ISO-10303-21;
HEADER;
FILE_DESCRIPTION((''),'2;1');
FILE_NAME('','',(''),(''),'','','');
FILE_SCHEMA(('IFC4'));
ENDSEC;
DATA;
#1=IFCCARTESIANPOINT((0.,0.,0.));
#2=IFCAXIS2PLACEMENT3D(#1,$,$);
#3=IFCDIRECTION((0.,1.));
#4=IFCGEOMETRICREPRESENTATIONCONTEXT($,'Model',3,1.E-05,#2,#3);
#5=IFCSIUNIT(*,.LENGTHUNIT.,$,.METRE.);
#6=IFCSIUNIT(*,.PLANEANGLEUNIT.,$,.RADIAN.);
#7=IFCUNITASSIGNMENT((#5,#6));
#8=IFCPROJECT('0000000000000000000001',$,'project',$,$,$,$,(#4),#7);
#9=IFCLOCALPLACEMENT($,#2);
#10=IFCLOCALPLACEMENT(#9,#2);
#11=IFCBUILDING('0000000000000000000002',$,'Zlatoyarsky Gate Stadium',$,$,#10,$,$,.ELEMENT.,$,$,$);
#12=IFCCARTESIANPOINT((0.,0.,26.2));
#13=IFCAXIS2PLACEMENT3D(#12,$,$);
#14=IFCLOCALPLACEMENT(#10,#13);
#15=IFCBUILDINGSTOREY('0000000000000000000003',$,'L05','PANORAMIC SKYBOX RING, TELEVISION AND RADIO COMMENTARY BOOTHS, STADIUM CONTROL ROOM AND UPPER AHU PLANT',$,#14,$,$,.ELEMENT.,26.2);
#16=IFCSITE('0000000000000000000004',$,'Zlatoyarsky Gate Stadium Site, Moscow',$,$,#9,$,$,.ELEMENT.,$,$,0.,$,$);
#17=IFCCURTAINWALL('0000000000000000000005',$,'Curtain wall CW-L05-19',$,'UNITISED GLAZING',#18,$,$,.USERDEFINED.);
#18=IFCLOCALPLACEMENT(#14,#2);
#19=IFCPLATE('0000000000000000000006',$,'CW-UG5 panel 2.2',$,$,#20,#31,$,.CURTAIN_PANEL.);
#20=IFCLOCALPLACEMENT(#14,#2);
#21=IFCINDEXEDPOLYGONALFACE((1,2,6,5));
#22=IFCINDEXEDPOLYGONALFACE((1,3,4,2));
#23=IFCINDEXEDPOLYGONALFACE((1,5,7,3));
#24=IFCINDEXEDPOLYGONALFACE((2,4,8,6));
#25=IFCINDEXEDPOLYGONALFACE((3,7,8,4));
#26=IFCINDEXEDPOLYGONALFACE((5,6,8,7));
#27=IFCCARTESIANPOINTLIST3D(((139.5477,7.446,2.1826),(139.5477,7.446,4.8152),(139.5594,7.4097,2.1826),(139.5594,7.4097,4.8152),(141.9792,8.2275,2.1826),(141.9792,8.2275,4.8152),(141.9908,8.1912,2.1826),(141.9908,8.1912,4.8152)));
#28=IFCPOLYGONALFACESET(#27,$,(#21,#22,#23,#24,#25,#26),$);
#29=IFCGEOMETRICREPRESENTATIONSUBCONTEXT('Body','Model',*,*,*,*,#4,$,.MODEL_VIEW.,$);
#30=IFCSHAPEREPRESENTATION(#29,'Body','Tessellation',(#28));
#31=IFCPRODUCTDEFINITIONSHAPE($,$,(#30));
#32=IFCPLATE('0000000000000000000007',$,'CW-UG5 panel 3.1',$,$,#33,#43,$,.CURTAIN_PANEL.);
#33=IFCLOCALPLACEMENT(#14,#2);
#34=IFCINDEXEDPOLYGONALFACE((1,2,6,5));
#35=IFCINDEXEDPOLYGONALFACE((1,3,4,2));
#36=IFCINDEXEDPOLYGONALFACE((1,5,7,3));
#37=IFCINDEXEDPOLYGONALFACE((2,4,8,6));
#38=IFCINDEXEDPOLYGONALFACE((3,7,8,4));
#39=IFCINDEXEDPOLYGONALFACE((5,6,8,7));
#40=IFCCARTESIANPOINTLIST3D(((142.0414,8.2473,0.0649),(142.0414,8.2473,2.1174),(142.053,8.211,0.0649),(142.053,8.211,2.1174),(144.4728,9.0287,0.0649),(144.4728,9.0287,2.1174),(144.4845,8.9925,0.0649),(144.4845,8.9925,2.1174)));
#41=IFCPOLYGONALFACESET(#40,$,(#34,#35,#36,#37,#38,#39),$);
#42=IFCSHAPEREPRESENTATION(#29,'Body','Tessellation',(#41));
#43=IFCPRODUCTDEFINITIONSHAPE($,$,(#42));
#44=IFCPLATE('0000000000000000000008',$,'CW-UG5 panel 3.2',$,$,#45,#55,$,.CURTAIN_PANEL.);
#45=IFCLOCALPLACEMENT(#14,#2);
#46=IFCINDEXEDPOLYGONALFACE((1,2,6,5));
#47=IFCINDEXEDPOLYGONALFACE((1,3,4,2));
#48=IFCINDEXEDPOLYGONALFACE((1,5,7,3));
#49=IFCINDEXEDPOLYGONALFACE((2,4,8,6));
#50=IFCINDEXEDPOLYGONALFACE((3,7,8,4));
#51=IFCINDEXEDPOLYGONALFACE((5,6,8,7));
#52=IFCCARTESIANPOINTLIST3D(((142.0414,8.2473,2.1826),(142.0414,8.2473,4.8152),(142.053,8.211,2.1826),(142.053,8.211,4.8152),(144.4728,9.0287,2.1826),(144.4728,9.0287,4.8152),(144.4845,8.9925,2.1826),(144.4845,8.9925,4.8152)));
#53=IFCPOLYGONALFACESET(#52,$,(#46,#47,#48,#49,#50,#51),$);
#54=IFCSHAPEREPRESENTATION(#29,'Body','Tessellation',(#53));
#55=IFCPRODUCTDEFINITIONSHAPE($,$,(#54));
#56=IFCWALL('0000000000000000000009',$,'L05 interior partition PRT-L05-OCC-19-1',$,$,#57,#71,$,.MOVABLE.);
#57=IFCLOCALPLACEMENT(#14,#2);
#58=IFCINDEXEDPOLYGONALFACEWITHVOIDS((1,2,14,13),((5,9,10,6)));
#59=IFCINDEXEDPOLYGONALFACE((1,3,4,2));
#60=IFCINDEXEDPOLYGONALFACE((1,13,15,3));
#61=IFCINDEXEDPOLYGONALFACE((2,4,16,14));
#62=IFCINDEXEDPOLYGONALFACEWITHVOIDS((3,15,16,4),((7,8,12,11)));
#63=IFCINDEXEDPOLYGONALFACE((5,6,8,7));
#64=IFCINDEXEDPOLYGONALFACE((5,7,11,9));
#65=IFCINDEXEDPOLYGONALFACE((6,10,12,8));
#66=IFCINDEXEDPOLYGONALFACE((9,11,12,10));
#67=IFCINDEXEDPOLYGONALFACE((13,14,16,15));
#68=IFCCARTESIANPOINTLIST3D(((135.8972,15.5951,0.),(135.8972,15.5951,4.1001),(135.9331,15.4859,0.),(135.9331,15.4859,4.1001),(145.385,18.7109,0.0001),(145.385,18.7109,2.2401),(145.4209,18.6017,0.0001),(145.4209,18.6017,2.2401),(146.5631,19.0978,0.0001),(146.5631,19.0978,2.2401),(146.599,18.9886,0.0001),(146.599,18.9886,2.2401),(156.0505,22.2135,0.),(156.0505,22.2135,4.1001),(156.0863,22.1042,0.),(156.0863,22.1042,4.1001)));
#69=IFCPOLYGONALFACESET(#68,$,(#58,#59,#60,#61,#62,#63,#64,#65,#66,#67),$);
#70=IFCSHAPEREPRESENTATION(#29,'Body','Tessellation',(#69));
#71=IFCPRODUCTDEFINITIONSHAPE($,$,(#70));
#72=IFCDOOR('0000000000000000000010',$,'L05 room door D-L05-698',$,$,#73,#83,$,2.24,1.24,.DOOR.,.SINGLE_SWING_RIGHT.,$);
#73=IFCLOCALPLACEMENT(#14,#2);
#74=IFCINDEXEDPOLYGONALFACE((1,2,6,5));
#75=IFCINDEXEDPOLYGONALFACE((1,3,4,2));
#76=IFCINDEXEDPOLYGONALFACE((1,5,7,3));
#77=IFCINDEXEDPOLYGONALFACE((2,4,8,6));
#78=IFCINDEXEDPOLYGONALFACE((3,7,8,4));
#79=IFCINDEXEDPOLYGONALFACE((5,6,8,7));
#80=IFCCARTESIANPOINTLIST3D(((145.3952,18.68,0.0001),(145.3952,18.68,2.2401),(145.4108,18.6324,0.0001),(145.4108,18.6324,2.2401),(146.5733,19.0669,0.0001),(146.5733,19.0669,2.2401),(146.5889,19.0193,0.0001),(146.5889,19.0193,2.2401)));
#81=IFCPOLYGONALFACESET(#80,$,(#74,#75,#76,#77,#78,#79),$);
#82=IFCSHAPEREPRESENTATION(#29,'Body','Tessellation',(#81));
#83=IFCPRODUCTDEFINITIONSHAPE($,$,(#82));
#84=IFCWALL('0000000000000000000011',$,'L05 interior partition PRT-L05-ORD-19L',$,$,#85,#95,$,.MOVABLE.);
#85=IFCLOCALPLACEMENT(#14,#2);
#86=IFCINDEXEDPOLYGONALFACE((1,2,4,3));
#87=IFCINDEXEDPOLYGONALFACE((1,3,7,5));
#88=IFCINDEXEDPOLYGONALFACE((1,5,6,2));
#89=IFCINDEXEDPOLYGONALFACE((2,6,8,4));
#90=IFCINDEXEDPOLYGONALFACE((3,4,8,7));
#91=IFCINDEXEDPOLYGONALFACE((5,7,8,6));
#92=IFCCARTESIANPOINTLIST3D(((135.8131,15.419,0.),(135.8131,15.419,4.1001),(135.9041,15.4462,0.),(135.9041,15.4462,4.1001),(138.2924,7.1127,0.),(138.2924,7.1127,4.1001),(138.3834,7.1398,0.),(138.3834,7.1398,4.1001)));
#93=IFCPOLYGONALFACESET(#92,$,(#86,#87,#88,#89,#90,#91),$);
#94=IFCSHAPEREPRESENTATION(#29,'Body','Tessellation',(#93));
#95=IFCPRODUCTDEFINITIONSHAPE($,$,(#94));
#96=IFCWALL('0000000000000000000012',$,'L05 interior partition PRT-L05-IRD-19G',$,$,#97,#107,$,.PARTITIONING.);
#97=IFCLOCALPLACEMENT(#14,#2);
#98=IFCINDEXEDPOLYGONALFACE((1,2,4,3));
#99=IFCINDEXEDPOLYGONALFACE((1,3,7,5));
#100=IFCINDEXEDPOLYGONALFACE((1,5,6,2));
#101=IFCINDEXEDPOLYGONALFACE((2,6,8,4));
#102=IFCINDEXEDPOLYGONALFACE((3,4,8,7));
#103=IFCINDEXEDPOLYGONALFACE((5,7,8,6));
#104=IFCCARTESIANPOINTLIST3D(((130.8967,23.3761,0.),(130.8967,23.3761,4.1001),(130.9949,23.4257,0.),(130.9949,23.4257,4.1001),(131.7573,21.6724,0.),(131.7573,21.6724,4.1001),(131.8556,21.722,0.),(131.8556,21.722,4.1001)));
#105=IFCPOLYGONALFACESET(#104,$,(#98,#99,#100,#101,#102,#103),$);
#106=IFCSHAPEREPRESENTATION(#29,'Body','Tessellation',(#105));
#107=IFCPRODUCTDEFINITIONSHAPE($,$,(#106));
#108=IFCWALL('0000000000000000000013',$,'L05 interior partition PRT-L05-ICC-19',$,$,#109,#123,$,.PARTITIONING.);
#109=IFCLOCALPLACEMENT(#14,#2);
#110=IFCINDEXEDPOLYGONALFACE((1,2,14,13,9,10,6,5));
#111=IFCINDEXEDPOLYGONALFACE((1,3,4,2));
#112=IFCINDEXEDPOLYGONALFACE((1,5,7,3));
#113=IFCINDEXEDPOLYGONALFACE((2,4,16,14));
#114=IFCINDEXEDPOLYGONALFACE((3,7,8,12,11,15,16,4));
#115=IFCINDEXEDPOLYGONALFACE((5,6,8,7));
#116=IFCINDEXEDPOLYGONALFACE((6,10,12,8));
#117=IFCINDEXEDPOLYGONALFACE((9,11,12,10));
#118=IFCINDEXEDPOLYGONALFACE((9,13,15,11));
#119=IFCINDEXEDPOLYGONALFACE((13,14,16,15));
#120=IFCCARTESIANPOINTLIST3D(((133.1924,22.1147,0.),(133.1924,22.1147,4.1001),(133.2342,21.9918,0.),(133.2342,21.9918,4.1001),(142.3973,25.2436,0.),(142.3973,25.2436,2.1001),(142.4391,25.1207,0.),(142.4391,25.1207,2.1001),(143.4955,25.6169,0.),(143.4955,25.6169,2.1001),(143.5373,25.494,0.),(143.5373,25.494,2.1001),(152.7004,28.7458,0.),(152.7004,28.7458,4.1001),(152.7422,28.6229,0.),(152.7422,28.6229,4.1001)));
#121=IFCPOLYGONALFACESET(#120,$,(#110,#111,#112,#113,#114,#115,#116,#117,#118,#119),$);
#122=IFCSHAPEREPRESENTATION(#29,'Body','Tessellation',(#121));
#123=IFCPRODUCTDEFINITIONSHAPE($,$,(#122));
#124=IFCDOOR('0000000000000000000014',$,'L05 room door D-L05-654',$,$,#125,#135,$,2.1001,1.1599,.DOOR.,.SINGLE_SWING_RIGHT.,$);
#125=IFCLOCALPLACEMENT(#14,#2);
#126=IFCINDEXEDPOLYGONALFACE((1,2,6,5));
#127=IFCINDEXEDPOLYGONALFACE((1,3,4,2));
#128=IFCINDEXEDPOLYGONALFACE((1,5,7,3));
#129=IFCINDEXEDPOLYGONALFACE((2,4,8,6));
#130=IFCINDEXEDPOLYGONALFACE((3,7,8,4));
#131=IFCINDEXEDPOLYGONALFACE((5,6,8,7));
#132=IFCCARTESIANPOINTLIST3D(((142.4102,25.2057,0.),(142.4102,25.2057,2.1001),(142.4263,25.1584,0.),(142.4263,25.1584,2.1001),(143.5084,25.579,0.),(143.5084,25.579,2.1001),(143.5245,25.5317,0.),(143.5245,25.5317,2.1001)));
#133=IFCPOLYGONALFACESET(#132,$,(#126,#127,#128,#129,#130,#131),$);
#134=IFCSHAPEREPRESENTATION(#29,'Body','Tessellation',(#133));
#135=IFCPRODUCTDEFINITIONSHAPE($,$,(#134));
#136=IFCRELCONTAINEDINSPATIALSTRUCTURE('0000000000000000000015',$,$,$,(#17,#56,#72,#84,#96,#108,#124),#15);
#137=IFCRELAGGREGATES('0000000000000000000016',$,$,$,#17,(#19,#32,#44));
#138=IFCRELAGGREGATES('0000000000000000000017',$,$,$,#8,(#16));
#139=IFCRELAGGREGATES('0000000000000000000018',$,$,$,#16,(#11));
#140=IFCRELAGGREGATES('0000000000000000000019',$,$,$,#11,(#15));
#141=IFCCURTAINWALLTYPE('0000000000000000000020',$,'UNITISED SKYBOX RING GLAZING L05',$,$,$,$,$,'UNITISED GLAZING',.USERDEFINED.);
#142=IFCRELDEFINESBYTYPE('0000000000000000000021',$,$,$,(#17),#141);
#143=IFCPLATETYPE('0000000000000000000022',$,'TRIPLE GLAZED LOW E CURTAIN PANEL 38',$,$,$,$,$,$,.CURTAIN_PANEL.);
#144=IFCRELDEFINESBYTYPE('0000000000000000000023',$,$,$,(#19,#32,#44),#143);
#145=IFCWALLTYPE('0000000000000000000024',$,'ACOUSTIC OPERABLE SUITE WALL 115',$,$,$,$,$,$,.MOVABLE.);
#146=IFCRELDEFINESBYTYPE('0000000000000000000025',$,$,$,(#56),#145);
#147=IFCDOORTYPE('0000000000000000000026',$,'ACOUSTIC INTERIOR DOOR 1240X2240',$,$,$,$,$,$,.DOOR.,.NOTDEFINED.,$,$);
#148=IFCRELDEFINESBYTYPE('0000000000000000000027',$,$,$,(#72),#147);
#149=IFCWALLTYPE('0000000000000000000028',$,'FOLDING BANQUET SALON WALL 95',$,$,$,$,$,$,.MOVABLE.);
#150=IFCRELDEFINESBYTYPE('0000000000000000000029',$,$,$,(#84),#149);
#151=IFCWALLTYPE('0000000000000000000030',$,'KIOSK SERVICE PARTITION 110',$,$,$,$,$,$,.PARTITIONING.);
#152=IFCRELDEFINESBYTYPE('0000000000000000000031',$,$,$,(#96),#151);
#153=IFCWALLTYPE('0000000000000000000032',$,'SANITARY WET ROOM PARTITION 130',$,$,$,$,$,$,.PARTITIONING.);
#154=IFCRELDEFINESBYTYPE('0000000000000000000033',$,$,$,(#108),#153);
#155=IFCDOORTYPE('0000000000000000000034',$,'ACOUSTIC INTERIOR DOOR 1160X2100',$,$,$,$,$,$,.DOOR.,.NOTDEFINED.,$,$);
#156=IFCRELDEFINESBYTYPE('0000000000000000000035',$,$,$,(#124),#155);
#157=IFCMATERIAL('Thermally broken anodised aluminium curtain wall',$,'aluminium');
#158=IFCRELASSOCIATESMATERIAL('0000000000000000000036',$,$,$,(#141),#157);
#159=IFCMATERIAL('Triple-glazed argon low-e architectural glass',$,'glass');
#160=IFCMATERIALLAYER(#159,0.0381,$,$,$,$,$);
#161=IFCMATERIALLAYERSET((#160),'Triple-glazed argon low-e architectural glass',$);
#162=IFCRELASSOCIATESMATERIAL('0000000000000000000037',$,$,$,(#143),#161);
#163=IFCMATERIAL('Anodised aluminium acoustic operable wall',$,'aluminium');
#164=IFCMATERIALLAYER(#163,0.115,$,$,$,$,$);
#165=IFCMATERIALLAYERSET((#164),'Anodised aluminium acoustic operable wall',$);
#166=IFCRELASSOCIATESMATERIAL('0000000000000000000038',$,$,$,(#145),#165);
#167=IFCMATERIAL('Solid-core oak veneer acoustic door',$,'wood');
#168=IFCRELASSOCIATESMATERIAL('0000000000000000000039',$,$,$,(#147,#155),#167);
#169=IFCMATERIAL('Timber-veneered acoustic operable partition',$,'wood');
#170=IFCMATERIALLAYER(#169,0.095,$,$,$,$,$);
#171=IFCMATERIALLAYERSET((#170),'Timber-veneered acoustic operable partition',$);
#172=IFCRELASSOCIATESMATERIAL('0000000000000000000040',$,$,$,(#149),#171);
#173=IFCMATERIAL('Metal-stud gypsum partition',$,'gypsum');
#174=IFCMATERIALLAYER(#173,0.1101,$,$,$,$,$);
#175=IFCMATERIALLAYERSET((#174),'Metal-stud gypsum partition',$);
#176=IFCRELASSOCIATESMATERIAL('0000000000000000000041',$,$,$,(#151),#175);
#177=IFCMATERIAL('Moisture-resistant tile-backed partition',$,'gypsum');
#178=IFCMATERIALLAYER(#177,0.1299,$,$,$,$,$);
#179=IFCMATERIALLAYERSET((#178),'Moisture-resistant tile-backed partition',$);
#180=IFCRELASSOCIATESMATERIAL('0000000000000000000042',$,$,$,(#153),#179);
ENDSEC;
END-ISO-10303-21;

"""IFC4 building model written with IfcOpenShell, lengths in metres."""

from ifc_helpers import new_model, si_unit, direction, frame, frame_2d, origin, origin_2d, place, context, subcontext, project, spatial, rectangle, extrude, material, layer, layer_set, type_object, element, fill, aggregate, save


model = new_model("IFC4")

# Units and contexts
model_context = context("Model", 3, precision=1e-05, world=origin(), true_north=direction((0.0, 1.0)))
body_context = subcontext(model_context, "Body", "Model", "MODEL_VIEW")
ifc_project = project(units=[si_unit("LENGTHUNIT", "METRE"), si_unit("PLANEANGLEUNIT", "RADIAN")], contexts=[model_context])

# Site, building, storey
site_placement = place(None, origin())
site = spatial("IfcSite", under=ifc_project, at=site_placement, Name="Zlatoyarsky Gate Stadium Site, Moscow", CompositionType="ELEMENT", RefElevation=0.0)
building_placement = place(site_placement, origin())
building = spatial("IfcBuilding", under=site, at=building_placement, Name="Zlatoyarsky Gate Stadium", CompositionType="ELEMENT")
storey_placement = place(building_placement, frame((0.0, 0.0, 26.2)))
storey = spatial("IfcBuildingStorey", under=building, at=storey_placement, Name="L05", Description="PANORAMIC SKYBOX RING, TELEVISION AND RADIO COMMENTARY BOOTHS, STADIUM CONTROL ROOM AND UPPER AHU PLANT", CompositionType="ELEMENT", Elevation=26.2)

# Curtain wall
ifc_material_1 = material(Name="Thermally broken anodised aluminium curtain wall", Category="aluminium")
curtain_wall_type = type_object("IfcCurtainWallType", Name="UNITISED SKYBOX RING GLAZING L05", ElementType="UNITISED GLAZING", PredefinedType="USERDEFINED", material=ifc_material_1)
curtain_wall_placement = place(storey_placement, origin())
curtain_wall = element("IfcCurtainWall", 1, at=curtain_wall_placement, inside=storey, type_object=curtain_wall_type, Name="Curtain wall CW-L05-19", ObjectType="UNITISED GLAZING", PredefinedType="USERDEFINED")

# Plates
ifc_material_2 = material(Name="Triple-glazed argon low-e architectural glass", Category="glass")
ifc_layer_1 = layer(ifc_material_2, 0.0381)
ifc_layer_set_1 = layer_set([ifc_layer_1], Name="Triple-glazed argon low-e architectural glass")
plate_type_1 = type_object("IfcPlateType", Name="TRIPLE GLAZED LOW E CURTAIN PANEL 38", PredefinedType="CURTAIN_PANEL", material=ifc_layer_set_1)
plate_1_placement = place(storey_placement, frame((140.7693, 7.8186, 2.1826), z_axis=(0.0, 0.0, 1.0), x_axis=(0.952039, 0.305978, 0.0)))
plate_1 = element("IfcPlate", 2, at=plate_1_placement, type_object=plate_type_1, Name="CW-UG5 panel 2.2", PredefinedType="CURTAIN_PANEL", context=body_context, shape_type="SweptSolid", body=[
    extrude(rectangle(XDim=2.554, YDim=0.0381, at=origin_2d()), origin(), (0.0, 0.0, 1.0), 2.6326),
])
plate_2_placement = place(storey_placement, frame((143.2629, 8.6199, 0.0649), z_axis=(0.0, 0.0, 1.0), x_axis=(0.952039, 0.305978, 0.0)))
plate_2 = element("IfcPlate", 3, at=plate_2_placement, type_object=plate_type_1, Name="CW-UG5 panel 3.1", PredefinedType="CURTAIN_PANEL", context=body_context, shape_type="SweptSolid", body=[
    extrude(rectangle(XDim=2.554, YDim=0.0381, at=origin_2d()), origin(), (0.0, 0.0, 1.0), 2.0525),
])
plate_3_placement = place(storey_placement, frame((143.2629, 8.6199, 2.1826), z_axis=(0.0, 0.0, 1.0), x_axis=(0.952039, 0.305978, 0.0)))
plate_3 = element("IfcPlate", 4, at=plate_3_placement, type_object=plate_type_1, Name="CW-UG5 panel 3.2", PredefinedType="CURTAIN_PANEL", context=body_context, shape_type="SweptSolid", body=[
    extrude(rectangle(XDim=2.554, YDim=0.0381, at=origin_2d()), origin(), (0.0, 0.0, 1.0), 2.6326),
])
aggregate(curtain_wall, [plate_1, plate_2, plate_3])

# Wall, opening, door
ifc_material_3 = material(Name="Anodised aluminium acoustic operable wall", Category="aluminium")
ifc_layer_2 = layer(ifc_material_3, 0.115)
ifc_layer_set_2 = layer_set([ifc_layer_2], Name="Anodised aluminium acoustic operable wall")
wall_type_1 = type_object("IfcWallType", Name="ACOUSTIC OPERABLE SUITE WALL 115", PredefinedType="MOVABLE", material=ifc_layer_set_2)
wall_1_placement = place(storey_placement, frame((135.9153, 15.5405, 0.0), z_axis=(0.0, 0.0, 1.0), x_axis=(0.950079, 0.312009, 0.0)))
wall_1 = element("IfcWall", 5, at=wall_1_placement, inside=storey, type_object=wall_type_1, Name="L05 interior partition PRT-L05-OCC-19-1", PredefinedType="MOVABLE", context=body_context, shape_type="SweptSolid", body=[
    extrude(rectangle(XDim=21.2122, YDim=0.115, at=frame_2d((10.606, 0.0))), origin(), (0.0, 0.0, 1.0), 4.1001),
])
opening_1_placement = place(wall_1_placement, frame((9.9861, 0.0, 0.0)))
opening_1 = element("IfcOpeningElement", 6, at=opening_1_placement, cuts=wall_1, PredefinedType="OPENING", context=body_context, shape_type="SweptSolid", body=[
    extrude(rectangle(XDim=1.24, YDim=2.24, at=frame_2d((0.6201, 1.1201))), frame((0.0, 0.0674, 0.0), z_axis=(0.0, -1.0, 0.0), x_axis=(1.0, 0.0, 0.0)), (0.0, 0.0, 1.0), 0.135),
])
ifc_material_4 = material(Name="Solid-core oak veneer acoustic door", Category="wood")
door_type_1 = type_object("IfcDoorType", Name="ACOUSTIC INTERIOR DOOR 1240X2240", OperationType="NOTDEFINED", PredefinedType="DOOR", material=ifc_material_4)
door_1_placement = place(opening_1_placement, origin())
door_1 = element("IfcDoor", 7, at=door_1_placement, inside=storey, type_object=door_type_1, Name="L05 room door D-L05-698", OperationType="SINGLE_SWING_RIGHT", OverallHeight=2.24, OverallWidth=1.24, PredefinedType="DOOR", context=body_context, shape_type="SweptSolid", body=[
    extrude(rectangle(XDim=1.24, YDim=2.24, at=frame_2d((0.6201, 1.1201))), frame((0.0, 0.0249, 0.0), z_axis=(0.0, -1.0, 0.0), x_axis=(1.0, 0.0, 0.0)), (0.0, 0.0, 1.0), 0.05),
])
fill(opening_1, door_1)

# Walls
ifc_material_5 = material(Name="Timber-veneered acoustic operable partition", Category="wood")
ifc_layer_3 = layer(ifc_material_5, 0.095)
ifc_layer_set_3 = layer_set([ifc_layer_3], Name="Timber-veneered acoustic operable partition")
wall_type_2 = type_object("IfcWallType", Name="FOLDING BANQUET SALON WALL 95", PredefinedType="MOVABLE", material=ifc_layer_set_3)
wall_2_placement = place(storey_placement, frame((135.8586, 15.4326, 0.0), z_axis=(0.0, 0.0, 1.0), x_axis=(0.286007, -0.958228, 0.0)))
element("IfcWall", 8, at=wall_2_placement, inside=storey, type_object=wall_type_2, Name="L05 interior partition PRT-L05-ORD-19L", PredefinedType="MOVABLE", context=body_context, shape_type="SweptSolid", body=[
    extrude(rectangle(XDim=8.6685, YDim=0.095, at=frame_2d((4.3342, 0.0))), origin(), (0.0, 0.0, 1.0), 4.1001),
])
ifc_material_6 = material(Name="Metal-stud gypsum partition", Category="gypsum")
ifc_layer_4 = layer(ifc_material_6, 0.1101)
ifc_layer_set_4 = layer_set([ifc_layer_4], Name="Metal-stud gypsum partition")
wall_type_3 = type_object("IfcWallType", Name="KIOSK SERVICE PARTITION 110", PredefinedType="PARTITIONING", material=ifc_layer_set_4)
wall_3_placement = place(storey_placement, frame((130.9458, 23.4009, 0.0), z_axis=(0.0, 0.0, 1.0), x_axis=(0.450894, -0.892578, 0.0)))
element("IfcWall", 9, at=wall_3_placement, inside=storey, type_object=wall_type_3, Name="L05 interior partition PRT-L05-IRD-19G", PredefinedType="PARTITIONING", context=body_context, shape_type="SweptSolid", body=[
    extrude(rectangle(XDim=1.9087, YDim=0.1101, at=frame_2d((0.9543, 0.0))), origin(), (0.0, 0.0, 1.0), 4.1001),
])

# Wall, opening, door
ifc_material_7 = material(Name="Moisture-resistant tile-backed partition", Category="gypsum")
ifc_layer_5 = layer(ifc_material_7, 0.1299)
ifc_layer_set_5 = layer_set([ifc_layer_5], Name="Moisture-resistant tile-backed partition")
wall_type_4 = type_object("IfcWallType", Name="SANITARY WET ROOM PARTITION 130", PredefinedType="PARTITIONING", material=ifc_layer_set_5)
wall_4_placement = place(storey_placement, frame((133.2131, 22.0532, 0.0), z_axis=(0.0, 0.0, 1.0), x_axis=(0.946797, 0.321832, 0.0)))
wall_4 = element("IfcWall", 10, at=wall_4_placement, inside=storey, type_object=wall_type_4, Name="L05 interior partition PRT-L05-ICC-19", PredefinedType="PARTITIONING", context=body_context, shape_type="SweptSolid", body=[
    extrude(rectangle(XDim=20.6042, YDim=0.1299, at=frame_2d((10.3022, 0.0))), origin(), (0.0, 0.0, 1.0), 4.1001),
])
opening_2_placement = place(wall_4_placement, frame((9.7222, 0.0, 0.0)))
opening_2 = element("IfcOpeningElement", 11, at=opening_2_placement, cuts=wall_4, PredefinedType="OPENING", context=body_context, shape_type="SweptSolid", body=[
    extrude(rectangle(XDim=1.1599, YDim=2.1001, at=frame_2d((0.5801, 1.05))), frame((0.0, 0.075, 0.0), z_axis=(0.0, -1.0, 0.0), x_axis=(1.0, 0.0, 0.0)), (0.0, 0.0, 1.0), 0.1499),
])
door_type_2 = type_object("IfcDoorType", Name="ACOUSTIC INTERIOR DOOR 1160X2100", OperationType="NOTDEFINED", PredefinedType="DOOR", material=ifc_material_4)
door_2_placement = place(opening_2_placement, origin())
door_2 = element("IfcDoor", 12, at=door_2_placement, inside=storey, type_object=door_type_2, Name="L05 room door D-L05-654", OperationType="SINGLE_SWING_RIGHT", OverallHeight=2.1001, OverallWidth=1.1599, PredefinedType="DOOR", context=body_context, shape_type="SweptSolid", body=[
    extrude(rectangle(XDim=1.1599, YDim=2.1001, at=frame_2d((0.5801, 1.05))), frame((0.0, 0.0249, 0.0), z_axis=(0.0, -1.0, 0.0), x_axis=(1.0, 0.0, 0.0)), (0.0, 0.0, 1.0), 0.05),
])
fill(opening_2, door_2)

save(model, "model.ifc")
